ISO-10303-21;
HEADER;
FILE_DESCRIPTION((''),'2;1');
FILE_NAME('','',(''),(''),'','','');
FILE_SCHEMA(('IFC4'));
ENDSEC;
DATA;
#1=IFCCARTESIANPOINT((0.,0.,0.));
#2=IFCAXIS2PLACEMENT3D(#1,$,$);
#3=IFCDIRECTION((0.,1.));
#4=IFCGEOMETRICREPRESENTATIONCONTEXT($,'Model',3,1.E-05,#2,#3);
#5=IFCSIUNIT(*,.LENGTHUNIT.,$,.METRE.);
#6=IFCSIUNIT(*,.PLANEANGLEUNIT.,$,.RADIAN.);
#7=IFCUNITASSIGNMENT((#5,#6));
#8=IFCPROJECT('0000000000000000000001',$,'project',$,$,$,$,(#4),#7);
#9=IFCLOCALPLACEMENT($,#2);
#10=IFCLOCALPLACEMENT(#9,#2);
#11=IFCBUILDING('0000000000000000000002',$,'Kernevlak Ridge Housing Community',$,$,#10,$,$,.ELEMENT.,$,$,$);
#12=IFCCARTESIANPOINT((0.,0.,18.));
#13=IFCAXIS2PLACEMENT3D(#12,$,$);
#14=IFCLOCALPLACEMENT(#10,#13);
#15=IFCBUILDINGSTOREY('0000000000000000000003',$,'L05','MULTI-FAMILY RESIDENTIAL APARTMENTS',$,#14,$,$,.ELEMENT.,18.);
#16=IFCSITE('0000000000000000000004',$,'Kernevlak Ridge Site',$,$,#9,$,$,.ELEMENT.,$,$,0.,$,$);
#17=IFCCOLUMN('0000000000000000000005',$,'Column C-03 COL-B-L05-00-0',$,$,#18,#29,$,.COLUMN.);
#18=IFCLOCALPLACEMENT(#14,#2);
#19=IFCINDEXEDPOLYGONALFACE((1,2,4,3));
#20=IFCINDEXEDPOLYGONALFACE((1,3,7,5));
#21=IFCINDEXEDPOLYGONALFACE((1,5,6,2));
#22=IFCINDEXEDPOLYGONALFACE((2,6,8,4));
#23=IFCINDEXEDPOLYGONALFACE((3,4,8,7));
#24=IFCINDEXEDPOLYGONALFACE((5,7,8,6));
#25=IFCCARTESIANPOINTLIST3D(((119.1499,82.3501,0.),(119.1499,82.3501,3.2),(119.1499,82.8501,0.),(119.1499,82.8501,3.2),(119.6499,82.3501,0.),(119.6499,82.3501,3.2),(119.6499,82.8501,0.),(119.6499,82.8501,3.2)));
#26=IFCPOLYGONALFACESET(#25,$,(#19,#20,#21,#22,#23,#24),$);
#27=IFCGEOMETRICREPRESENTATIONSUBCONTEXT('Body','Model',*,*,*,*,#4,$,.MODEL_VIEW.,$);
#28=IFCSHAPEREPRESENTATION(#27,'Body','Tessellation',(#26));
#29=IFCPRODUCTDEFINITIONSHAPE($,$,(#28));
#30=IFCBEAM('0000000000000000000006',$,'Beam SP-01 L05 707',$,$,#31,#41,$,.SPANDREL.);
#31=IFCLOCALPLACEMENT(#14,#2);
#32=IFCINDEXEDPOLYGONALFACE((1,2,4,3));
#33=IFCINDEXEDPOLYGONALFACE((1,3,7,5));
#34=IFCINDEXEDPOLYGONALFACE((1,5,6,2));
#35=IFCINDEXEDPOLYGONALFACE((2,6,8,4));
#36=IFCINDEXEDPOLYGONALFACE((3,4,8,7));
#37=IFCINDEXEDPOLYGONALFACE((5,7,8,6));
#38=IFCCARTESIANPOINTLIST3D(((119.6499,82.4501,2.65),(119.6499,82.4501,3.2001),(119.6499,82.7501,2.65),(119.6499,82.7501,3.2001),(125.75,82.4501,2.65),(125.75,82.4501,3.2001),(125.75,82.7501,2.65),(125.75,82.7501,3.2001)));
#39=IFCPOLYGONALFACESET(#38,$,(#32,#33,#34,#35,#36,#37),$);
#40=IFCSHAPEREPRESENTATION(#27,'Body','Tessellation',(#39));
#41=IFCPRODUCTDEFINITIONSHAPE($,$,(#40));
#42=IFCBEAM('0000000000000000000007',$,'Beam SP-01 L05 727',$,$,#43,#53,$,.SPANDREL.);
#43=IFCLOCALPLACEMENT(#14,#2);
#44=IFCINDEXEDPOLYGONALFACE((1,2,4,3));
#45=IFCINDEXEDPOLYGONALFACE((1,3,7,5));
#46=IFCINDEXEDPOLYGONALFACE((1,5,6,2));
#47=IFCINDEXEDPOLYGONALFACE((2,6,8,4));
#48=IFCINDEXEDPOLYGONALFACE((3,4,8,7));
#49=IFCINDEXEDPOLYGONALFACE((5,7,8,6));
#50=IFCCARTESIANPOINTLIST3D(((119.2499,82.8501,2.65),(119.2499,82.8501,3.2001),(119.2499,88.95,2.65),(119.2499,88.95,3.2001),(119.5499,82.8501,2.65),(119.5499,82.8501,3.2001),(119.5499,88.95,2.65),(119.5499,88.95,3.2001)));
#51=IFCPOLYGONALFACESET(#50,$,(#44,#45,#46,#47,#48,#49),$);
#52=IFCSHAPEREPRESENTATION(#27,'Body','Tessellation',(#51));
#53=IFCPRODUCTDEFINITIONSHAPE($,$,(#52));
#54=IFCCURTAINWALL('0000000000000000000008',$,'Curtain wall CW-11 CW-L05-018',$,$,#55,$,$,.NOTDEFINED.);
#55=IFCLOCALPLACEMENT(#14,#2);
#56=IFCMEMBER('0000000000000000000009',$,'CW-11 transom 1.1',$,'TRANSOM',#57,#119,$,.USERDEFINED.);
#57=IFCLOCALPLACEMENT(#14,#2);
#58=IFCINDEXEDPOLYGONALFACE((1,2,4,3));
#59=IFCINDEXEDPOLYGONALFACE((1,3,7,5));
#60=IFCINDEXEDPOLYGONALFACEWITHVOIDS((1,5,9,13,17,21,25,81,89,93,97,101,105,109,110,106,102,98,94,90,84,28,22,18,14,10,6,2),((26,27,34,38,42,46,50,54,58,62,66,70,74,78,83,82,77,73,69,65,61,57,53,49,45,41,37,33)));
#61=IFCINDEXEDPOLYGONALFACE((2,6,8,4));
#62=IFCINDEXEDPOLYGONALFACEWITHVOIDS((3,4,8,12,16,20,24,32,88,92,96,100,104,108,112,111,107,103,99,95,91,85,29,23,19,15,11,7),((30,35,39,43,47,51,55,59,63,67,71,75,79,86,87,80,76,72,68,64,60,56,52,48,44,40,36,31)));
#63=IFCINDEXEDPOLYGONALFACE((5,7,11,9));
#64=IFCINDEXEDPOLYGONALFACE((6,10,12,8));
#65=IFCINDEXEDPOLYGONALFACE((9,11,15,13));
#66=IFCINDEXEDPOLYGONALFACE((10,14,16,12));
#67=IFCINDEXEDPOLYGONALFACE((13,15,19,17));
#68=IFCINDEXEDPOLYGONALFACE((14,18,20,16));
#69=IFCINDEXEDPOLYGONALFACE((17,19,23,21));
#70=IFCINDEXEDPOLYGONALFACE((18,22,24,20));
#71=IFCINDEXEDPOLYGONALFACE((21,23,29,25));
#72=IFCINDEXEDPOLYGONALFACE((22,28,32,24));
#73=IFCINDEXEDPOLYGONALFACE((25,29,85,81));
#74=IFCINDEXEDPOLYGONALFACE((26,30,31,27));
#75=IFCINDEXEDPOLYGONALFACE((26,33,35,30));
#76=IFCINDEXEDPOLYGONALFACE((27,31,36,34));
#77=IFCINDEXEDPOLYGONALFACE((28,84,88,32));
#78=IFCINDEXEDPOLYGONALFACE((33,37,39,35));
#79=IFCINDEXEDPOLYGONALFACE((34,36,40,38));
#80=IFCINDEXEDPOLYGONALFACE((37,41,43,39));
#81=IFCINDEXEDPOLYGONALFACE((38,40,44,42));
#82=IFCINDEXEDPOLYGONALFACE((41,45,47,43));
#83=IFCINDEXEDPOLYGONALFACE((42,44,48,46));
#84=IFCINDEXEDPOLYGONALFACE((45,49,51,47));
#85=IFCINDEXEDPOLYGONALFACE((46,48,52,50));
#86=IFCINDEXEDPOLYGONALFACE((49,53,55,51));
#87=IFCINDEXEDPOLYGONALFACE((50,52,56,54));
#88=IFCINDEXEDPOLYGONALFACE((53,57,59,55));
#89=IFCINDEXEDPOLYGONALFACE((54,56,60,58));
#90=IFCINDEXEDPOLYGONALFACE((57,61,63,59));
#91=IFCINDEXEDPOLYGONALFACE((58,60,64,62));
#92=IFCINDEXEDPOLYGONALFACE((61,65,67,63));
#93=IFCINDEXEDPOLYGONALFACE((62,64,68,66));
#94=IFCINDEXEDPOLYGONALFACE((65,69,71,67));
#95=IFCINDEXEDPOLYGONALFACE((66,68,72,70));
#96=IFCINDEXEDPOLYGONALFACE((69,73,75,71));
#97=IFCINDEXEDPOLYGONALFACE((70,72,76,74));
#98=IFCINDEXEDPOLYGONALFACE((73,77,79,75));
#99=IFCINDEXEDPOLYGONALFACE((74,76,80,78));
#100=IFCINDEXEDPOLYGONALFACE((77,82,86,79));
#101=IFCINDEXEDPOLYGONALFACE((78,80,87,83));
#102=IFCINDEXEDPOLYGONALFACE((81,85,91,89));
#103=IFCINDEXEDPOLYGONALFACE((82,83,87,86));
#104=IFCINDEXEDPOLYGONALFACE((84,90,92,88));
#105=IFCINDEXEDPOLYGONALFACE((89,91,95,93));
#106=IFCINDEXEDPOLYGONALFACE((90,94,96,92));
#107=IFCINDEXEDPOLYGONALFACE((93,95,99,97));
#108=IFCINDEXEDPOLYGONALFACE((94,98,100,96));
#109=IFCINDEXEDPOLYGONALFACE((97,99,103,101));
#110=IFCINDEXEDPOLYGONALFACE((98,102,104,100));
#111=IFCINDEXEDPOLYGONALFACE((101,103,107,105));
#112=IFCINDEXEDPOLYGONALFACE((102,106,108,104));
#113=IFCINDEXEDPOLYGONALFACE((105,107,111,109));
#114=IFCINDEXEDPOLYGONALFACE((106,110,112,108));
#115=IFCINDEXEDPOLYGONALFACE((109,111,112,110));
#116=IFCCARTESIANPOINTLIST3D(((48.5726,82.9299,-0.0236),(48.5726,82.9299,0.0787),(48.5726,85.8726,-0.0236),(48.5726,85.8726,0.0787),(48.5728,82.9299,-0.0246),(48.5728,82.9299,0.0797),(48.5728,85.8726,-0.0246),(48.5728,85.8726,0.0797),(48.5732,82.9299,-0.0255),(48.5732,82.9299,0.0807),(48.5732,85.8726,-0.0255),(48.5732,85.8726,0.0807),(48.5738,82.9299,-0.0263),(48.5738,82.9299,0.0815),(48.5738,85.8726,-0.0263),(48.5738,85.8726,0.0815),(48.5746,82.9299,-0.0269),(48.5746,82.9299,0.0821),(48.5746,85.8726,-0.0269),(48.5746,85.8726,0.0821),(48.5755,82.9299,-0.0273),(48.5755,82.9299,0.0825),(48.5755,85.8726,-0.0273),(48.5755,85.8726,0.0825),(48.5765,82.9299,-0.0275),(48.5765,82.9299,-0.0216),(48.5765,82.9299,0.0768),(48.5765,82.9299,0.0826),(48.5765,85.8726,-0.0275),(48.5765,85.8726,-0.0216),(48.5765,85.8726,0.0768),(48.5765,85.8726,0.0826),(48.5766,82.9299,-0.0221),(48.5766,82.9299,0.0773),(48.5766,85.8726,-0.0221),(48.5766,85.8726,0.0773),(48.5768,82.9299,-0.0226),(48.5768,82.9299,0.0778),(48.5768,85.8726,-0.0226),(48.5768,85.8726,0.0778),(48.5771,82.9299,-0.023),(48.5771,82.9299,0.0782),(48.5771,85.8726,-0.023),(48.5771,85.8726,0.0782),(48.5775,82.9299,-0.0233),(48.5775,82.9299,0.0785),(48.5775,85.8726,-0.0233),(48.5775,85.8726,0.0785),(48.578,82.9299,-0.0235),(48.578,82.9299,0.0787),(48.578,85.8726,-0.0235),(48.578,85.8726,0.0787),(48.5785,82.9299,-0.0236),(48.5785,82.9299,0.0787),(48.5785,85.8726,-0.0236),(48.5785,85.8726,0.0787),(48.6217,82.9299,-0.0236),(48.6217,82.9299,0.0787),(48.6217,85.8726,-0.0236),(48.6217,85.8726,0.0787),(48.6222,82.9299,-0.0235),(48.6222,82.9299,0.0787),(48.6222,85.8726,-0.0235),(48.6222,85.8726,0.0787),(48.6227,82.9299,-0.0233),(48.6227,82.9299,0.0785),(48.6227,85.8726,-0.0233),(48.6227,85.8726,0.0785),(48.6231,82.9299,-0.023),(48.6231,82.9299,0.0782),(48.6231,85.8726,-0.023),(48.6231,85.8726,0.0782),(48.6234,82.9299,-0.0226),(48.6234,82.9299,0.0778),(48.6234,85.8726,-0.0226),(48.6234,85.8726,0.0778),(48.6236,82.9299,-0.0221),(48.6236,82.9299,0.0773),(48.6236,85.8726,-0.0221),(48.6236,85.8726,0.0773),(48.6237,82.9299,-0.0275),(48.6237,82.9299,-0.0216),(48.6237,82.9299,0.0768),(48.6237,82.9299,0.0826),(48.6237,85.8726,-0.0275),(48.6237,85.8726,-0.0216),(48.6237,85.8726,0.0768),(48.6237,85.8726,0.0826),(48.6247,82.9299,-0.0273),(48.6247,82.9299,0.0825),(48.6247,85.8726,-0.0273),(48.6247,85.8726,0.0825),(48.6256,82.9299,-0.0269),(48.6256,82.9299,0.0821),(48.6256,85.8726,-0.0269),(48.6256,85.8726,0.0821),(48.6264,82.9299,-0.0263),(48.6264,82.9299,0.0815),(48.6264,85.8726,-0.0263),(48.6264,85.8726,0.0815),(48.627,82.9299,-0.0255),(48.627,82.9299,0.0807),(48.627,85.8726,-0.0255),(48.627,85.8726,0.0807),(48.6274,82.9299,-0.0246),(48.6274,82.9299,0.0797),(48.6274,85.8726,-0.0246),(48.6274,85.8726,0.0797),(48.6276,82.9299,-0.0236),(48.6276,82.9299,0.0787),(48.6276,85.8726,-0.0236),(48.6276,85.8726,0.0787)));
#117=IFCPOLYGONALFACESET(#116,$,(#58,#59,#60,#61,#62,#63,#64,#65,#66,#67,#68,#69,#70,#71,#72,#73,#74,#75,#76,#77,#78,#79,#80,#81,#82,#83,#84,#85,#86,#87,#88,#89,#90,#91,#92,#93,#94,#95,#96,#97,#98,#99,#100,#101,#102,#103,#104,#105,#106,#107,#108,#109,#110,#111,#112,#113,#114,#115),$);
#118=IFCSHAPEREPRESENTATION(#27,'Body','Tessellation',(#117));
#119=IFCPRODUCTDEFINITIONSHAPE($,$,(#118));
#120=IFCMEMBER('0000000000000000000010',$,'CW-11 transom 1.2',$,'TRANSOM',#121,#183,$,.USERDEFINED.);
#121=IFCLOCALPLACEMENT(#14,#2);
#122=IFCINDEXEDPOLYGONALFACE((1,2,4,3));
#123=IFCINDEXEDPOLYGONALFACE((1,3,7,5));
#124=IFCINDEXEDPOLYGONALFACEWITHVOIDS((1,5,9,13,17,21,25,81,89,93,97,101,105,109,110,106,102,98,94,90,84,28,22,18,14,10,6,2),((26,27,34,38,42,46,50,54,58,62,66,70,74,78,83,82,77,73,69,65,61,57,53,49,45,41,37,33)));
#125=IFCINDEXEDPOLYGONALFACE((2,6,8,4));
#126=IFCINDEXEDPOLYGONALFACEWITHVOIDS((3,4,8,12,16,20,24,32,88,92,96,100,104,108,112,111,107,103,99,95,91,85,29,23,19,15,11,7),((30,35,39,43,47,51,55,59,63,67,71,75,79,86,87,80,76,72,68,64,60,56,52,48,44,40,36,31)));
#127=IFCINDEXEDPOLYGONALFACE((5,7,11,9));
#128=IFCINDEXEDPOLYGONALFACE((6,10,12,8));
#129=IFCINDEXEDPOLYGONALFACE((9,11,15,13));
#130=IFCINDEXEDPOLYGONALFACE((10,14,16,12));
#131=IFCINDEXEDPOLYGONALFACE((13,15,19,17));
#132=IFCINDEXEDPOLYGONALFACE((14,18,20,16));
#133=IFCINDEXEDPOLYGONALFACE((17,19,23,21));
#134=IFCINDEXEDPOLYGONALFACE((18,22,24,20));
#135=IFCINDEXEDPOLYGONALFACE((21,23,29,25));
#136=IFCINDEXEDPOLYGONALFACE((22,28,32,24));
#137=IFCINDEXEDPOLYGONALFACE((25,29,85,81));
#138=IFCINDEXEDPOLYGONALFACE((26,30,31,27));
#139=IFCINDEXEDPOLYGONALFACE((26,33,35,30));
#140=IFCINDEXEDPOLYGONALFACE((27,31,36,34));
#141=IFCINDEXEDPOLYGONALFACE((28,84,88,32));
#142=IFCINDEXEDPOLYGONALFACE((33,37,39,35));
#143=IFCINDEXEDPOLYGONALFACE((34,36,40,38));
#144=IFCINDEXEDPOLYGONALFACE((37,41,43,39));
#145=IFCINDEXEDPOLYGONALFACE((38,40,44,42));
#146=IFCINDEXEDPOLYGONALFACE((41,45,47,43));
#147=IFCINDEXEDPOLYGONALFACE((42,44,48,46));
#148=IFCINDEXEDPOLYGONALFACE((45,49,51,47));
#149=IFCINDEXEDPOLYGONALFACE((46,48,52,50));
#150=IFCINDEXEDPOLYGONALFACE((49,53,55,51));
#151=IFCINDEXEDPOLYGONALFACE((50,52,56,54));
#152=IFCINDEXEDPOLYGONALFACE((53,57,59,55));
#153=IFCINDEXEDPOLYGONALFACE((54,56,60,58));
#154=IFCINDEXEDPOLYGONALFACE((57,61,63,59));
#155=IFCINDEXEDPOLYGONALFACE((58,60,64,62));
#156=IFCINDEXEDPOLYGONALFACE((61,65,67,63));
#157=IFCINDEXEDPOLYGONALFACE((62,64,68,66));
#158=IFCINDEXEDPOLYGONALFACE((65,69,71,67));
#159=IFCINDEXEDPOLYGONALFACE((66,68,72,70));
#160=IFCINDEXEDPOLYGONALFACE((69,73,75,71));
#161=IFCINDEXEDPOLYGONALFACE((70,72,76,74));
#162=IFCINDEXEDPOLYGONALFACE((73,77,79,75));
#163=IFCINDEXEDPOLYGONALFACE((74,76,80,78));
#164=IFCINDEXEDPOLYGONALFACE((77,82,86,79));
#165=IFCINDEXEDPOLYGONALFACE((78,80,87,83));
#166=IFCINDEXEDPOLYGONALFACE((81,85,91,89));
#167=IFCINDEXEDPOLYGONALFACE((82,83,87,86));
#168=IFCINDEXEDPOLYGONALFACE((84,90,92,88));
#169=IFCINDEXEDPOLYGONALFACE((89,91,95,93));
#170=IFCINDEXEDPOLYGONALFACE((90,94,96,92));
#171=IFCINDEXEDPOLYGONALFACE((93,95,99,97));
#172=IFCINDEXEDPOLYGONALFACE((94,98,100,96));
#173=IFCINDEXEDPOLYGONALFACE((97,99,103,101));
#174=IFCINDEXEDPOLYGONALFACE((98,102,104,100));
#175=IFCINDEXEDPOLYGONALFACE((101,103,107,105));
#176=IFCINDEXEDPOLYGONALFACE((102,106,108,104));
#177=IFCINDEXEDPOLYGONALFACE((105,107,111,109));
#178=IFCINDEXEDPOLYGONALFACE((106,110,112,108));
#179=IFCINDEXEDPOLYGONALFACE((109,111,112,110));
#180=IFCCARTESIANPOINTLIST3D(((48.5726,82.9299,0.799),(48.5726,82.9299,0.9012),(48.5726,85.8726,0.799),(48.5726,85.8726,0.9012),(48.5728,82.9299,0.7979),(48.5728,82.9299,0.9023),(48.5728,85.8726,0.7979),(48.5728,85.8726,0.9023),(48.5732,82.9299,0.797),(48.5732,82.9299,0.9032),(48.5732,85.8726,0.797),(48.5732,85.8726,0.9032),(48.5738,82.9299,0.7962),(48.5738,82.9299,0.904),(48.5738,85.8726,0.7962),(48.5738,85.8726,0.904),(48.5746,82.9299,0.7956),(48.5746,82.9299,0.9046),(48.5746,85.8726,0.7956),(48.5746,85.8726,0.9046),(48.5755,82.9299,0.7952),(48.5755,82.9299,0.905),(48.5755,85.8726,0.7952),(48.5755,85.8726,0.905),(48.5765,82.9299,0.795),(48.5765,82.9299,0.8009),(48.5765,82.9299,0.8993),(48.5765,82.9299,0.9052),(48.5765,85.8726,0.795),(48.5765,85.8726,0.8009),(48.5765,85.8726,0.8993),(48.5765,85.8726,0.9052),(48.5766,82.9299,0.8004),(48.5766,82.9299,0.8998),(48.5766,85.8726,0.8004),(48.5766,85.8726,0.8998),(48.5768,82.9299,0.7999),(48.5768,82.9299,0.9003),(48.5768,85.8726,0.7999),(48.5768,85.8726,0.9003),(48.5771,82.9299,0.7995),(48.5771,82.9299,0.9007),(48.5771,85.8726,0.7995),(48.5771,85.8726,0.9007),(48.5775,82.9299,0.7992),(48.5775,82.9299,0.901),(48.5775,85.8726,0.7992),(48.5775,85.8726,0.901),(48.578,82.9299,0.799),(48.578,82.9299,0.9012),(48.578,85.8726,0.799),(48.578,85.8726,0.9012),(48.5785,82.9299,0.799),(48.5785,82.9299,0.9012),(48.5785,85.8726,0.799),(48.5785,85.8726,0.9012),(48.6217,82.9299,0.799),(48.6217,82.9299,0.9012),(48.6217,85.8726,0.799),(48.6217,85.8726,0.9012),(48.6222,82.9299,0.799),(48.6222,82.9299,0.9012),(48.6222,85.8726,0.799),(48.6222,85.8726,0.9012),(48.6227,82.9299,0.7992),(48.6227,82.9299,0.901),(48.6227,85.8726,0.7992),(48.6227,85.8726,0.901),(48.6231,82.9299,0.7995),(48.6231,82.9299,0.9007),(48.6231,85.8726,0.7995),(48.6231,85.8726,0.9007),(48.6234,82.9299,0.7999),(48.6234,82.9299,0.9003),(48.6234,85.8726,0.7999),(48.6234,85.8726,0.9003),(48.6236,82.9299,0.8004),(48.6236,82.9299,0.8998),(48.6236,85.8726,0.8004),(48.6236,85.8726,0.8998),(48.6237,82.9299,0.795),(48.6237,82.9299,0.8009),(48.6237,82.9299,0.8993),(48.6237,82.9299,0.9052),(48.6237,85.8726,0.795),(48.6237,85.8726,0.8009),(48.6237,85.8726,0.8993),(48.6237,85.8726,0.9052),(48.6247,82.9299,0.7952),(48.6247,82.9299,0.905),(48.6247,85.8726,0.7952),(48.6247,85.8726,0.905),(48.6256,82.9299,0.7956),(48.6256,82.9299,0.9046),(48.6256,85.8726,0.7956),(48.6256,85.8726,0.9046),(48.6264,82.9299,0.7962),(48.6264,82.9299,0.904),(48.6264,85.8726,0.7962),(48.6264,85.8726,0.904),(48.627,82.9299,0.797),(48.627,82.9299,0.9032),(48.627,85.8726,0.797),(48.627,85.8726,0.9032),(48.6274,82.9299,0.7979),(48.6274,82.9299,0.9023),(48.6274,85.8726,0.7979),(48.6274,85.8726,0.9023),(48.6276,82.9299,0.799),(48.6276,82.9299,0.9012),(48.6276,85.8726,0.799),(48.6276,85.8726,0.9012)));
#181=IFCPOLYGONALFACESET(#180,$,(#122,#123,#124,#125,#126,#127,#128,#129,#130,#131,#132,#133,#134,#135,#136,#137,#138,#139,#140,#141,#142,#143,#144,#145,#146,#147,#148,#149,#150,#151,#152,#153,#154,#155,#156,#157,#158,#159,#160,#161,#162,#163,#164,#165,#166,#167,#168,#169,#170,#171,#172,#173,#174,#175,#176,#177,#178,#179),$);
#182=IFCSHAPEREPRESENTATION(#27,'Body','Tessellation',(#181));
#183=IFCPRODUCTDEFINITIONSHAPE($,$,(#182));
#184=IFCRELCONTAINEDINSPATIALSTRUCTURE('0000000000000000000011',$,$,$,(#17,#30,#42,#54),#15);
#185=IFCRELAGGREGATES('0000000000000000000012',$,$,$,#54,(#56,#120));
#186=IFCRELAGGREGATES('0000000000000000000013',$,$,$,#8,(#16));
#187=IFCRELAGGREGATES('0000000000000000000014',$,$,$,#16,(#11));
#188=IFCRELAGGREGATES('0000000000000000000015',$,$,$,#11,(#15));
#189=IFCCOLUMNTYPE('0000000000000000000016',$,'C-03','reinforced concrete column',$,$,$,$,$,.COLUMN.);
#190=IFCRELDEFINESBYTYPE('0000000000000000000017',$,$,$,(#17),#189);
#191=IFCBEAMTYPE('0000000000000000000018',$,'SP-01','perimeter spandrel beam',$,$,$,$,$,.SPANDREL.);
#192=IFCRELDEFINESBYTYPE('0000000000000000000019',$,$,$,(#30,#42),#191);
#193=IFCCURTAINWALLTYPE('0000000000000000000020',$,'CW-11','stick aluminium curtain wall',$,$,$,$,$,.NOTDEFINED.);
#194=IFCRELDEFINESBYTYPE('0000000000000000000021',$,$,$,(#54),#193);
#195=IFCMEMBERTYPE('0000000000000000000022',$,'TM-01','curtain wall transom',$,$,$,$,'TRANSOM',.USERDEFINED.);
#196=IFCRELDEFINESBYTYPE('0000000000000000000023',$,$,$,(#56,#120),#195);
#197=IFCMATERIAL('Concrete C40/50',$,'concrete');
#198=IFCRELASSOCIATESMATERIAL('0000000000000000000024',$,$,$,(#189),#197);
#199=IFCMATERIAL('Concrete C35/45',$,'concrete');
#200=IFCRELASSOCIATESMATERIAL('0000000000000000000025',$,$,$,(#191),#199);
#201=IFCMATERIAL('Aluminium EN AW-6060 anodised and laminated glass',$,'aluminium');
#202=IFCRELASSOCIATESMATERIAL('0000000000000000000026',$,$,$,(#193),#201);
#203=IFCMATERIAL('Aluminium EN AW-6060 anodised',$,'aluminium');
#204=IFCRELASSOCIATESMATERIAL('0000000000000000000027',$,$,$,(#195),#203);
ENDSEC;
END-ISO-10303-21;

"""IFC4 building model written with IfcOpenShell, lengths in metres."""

from ifc_helpers import new_model, si_unit, direction, frame, origin, origin_2d, place, context, subcontext, project, spatial, rectangle, hollow_rectangle, extrude, material, material_profile, profile_set, type_object, element, aggregate, save


model = new_model("IFC4")

# Units and contexts
model_context = context("Model", 3, precision=1e-05, world=origin(), true_north=direction((0.0, 1.0)))
body_context = subcontext(model_context, "Body", "Model", "MODEL_VIEW")
ifc_project = project(units=[si_unit("LENGTHUNIT", "METRE"), si_unit("PLANEANGLEUNIT", "RADIAN")], contexts=[model_context])

# Site, building, storey
site_placement = place(None, origin())
site = spatial("IfcSite", under=ifc_project, at=site_placement, Name="Kernevlak Ridge Site", CompositionType="ELEMENT", RefElevation=0.0)
building_placement = place(site_placement, origin())
building = spatial("IfcBuilding", under=site, at=building_placement, Name="Kernevlak Ridge Housing Community", CompositionType="ELEMENT")
storey_placement = place(building_placement, frame((0.0, 0.0, 18.0)))
storey = spatial("IfcBuildingStorey", under=building, at=storey_placement, Name="L05", Description="MULTI-FAMILY RESIDENTIAL APARTMENTS", CompositionType="ELEMENT", Elevation=18.0)

# Column
ifc_material_1 = material(Name="Concrete C40/50", Category="concrete")
ifc_material_profile_1 = material_profile(ifc_material_1, rectangle(XDim=0.5, YDim=0.5, at=origin_2d()), Name="RC 500x500")
ifc_profile_set_1 = profile_set([ifc_material_profile_1], Name="Concrete C40/50")
column_type = type_object("IfcColumnType", Name="C-03", Description="reinforced concrete column", PredefinedType="COLUMN", material=ifc_profile_set_1)
column_placement = place(storey_placement, frame((119.3999, 82.6001, 0.0), z_axis=(0.0, 0.0, 1.0), x_axis=(1.0, 0.0, 0.0)))
element("IfcColumn", 1, at=column_placement, inside=storey, type_object=column_type, Name="Column C-03 COL-B-L05-00-0", PredefinedType="COLUMN", context=body_context, shape_type="SweptSolid", body=[
    extrude(rectangle(XDim=0.5, YDim=0.5, at=origin_2d()), origin(), (0.0, 0.0, 1.0), 3.2),
])

# Beams
ifc_material_2 = material(Name="Concrete C35/45", Category="concrete")
ifc_material_profile_2 = material_profile(ifc_material_2, rectangle(XDim=0.3, YDim=0.55, at=origin_2d()), Name="RC 300x550")
ifc_profile_set_2 = profile_set([ifc_material_profile_2], Name="Concrete C35/45")
beam_type = type_object("IfcBeamType", Name="SP-01", Description="perimeter spandrel beam", PredefinedType="SPANDREL", material=ifc_profile_set_2)
beam_1_placement = place(storey_placement, frame((119.6499, 82.6001, 2.925), z_axis=(1.0, 0.0, 0.0), x_axis=(0.0, 1.0, 0.0)))
element("IfcBeam", 2, at=beam_1_placement, inside=storey, type_object=beam_type, Name="Beam SP-01 L05 707", PredefinedType="SPANDREL", context=body_context, shape_type="SweptSolid", body=[
    extrude(rectangle(XDim=0.3, YDim=0.55, at=origin_2d()), origin(), (0.0, 0.0, 1.0), 6.1001),
])
beam_2_placement = place(storey_placement, frame((119.3999, 82.8501, 2.925), z_axis=(0.0, 1.0, 0.0), x_axis=(-1.0, 0.0, 0.0)))
element("IfcBeam", 3, at=beam_2_placement, inside=storey, type_object=beam_type, Name="Beam SP-01 L05 727", PredefinedType="SPANDREL", context=body_context, shape_type="SweptSolid", body=[
    extrude(rectangle(XDim=0.3, YDim=0.55, at=origin_2d()), origin(), (0.0, 0.0, 1.0), 6.0999),
])

# Curtain wall, members
ifc_material_3 = material(Name="Aluminium EN AW-6060 anodised and laminated glass", Category="aluminium")
curtain_wall_type = type_object("IfcCurtainWallType", Name="CW-11", Description="stick aluminium curtain wall", PredefinedType="NOTDEFINED", material=ifc_material_3)
curtain_wall_placement = place(storey_placement, origin())
curtain_wall = element("IfcCurtainWall", 4, at=curtain_wall_placement, inside=storey, type_object=curtain_wall_type, Name="Curtain wall CW-11 CW-L05-018", PredefinedType="NOTDEFINED")
ifc_material_4 = material(Name="Aluminium EN AW-6060 anodised", Category="aluminium")
ifc_material_profile_3 = material_profile(ifc_material_4, hollow_rectangle(XDim=0.0549, YDim=0.1101, WallThickness=0.0039, InnerFilletRadius=0.002, OuterFilletRadius=0.0039, at=origin_2d()), Name="ALU 55x110x4")
ifc_profile_set_3 = profile_set([ifc_material_profile_3], Name="Aluminium EN AW-6060 anodised")
member_type = type_object("IfcMemberType", Name="TM-01", Description="curtain wall transom", ElementType="TRANSOM", PredefinedType="USERDEFINED", material=ifc_profile_set_3)
member_1_placement = place(storey_placement, frame((48.6001, 82.9299, 0.0276), z_axis=(0.0, 1.0, 0.0), x_axis=(-1.0, 0.0, 0.0)))
member_1 = element("IfcMember", 5, at=member_1_placement, type_object=member_type, Name="CW-11 transom 1.1", ObjectType="TRANSOM", PredefinedType="USERDEFINED", context=body_context, shape_type="SweptSolid", body=[
    extrude(hollow_rectangle(XDim=0.0549, YDim=0.1101, WallThickness=0.0039, InnerFilletRadius=0.002, OuterFilletRadius=0.0039, at=origin_2d()), origin(), (0.0, 0.0, 1.0), 2.9426),
])
member_2_placement = place(storey_placement, frame((48.6001, 82.9299, 0.8501), z_axis=(0.0, 1.0, 0.0), x_axis=(-1.0, 0.0, 0.0)))
member_2 = element("IfcMember", 6, at=member_2_placement, type_object=member_type, Name="CW-11 transom 1.2", ObjectType="TRANSOM", PredefinedType="USERDEFINED", context=body_context, shape_type="SweptSolid", body=[
    extrude(hollow_rectangle(XDim=0.0549, YDim=0.1101, WallThickness=0.0039, InnerFilletRadius=0.002, OuterFilletRadius=0.0039, at=origin_2d()), origin(), (0.0, 0.0, 1.0), 2.9426),
])
aggregate(curtain_wall, [member_1, member_2])

save(model, "model.ifc")
